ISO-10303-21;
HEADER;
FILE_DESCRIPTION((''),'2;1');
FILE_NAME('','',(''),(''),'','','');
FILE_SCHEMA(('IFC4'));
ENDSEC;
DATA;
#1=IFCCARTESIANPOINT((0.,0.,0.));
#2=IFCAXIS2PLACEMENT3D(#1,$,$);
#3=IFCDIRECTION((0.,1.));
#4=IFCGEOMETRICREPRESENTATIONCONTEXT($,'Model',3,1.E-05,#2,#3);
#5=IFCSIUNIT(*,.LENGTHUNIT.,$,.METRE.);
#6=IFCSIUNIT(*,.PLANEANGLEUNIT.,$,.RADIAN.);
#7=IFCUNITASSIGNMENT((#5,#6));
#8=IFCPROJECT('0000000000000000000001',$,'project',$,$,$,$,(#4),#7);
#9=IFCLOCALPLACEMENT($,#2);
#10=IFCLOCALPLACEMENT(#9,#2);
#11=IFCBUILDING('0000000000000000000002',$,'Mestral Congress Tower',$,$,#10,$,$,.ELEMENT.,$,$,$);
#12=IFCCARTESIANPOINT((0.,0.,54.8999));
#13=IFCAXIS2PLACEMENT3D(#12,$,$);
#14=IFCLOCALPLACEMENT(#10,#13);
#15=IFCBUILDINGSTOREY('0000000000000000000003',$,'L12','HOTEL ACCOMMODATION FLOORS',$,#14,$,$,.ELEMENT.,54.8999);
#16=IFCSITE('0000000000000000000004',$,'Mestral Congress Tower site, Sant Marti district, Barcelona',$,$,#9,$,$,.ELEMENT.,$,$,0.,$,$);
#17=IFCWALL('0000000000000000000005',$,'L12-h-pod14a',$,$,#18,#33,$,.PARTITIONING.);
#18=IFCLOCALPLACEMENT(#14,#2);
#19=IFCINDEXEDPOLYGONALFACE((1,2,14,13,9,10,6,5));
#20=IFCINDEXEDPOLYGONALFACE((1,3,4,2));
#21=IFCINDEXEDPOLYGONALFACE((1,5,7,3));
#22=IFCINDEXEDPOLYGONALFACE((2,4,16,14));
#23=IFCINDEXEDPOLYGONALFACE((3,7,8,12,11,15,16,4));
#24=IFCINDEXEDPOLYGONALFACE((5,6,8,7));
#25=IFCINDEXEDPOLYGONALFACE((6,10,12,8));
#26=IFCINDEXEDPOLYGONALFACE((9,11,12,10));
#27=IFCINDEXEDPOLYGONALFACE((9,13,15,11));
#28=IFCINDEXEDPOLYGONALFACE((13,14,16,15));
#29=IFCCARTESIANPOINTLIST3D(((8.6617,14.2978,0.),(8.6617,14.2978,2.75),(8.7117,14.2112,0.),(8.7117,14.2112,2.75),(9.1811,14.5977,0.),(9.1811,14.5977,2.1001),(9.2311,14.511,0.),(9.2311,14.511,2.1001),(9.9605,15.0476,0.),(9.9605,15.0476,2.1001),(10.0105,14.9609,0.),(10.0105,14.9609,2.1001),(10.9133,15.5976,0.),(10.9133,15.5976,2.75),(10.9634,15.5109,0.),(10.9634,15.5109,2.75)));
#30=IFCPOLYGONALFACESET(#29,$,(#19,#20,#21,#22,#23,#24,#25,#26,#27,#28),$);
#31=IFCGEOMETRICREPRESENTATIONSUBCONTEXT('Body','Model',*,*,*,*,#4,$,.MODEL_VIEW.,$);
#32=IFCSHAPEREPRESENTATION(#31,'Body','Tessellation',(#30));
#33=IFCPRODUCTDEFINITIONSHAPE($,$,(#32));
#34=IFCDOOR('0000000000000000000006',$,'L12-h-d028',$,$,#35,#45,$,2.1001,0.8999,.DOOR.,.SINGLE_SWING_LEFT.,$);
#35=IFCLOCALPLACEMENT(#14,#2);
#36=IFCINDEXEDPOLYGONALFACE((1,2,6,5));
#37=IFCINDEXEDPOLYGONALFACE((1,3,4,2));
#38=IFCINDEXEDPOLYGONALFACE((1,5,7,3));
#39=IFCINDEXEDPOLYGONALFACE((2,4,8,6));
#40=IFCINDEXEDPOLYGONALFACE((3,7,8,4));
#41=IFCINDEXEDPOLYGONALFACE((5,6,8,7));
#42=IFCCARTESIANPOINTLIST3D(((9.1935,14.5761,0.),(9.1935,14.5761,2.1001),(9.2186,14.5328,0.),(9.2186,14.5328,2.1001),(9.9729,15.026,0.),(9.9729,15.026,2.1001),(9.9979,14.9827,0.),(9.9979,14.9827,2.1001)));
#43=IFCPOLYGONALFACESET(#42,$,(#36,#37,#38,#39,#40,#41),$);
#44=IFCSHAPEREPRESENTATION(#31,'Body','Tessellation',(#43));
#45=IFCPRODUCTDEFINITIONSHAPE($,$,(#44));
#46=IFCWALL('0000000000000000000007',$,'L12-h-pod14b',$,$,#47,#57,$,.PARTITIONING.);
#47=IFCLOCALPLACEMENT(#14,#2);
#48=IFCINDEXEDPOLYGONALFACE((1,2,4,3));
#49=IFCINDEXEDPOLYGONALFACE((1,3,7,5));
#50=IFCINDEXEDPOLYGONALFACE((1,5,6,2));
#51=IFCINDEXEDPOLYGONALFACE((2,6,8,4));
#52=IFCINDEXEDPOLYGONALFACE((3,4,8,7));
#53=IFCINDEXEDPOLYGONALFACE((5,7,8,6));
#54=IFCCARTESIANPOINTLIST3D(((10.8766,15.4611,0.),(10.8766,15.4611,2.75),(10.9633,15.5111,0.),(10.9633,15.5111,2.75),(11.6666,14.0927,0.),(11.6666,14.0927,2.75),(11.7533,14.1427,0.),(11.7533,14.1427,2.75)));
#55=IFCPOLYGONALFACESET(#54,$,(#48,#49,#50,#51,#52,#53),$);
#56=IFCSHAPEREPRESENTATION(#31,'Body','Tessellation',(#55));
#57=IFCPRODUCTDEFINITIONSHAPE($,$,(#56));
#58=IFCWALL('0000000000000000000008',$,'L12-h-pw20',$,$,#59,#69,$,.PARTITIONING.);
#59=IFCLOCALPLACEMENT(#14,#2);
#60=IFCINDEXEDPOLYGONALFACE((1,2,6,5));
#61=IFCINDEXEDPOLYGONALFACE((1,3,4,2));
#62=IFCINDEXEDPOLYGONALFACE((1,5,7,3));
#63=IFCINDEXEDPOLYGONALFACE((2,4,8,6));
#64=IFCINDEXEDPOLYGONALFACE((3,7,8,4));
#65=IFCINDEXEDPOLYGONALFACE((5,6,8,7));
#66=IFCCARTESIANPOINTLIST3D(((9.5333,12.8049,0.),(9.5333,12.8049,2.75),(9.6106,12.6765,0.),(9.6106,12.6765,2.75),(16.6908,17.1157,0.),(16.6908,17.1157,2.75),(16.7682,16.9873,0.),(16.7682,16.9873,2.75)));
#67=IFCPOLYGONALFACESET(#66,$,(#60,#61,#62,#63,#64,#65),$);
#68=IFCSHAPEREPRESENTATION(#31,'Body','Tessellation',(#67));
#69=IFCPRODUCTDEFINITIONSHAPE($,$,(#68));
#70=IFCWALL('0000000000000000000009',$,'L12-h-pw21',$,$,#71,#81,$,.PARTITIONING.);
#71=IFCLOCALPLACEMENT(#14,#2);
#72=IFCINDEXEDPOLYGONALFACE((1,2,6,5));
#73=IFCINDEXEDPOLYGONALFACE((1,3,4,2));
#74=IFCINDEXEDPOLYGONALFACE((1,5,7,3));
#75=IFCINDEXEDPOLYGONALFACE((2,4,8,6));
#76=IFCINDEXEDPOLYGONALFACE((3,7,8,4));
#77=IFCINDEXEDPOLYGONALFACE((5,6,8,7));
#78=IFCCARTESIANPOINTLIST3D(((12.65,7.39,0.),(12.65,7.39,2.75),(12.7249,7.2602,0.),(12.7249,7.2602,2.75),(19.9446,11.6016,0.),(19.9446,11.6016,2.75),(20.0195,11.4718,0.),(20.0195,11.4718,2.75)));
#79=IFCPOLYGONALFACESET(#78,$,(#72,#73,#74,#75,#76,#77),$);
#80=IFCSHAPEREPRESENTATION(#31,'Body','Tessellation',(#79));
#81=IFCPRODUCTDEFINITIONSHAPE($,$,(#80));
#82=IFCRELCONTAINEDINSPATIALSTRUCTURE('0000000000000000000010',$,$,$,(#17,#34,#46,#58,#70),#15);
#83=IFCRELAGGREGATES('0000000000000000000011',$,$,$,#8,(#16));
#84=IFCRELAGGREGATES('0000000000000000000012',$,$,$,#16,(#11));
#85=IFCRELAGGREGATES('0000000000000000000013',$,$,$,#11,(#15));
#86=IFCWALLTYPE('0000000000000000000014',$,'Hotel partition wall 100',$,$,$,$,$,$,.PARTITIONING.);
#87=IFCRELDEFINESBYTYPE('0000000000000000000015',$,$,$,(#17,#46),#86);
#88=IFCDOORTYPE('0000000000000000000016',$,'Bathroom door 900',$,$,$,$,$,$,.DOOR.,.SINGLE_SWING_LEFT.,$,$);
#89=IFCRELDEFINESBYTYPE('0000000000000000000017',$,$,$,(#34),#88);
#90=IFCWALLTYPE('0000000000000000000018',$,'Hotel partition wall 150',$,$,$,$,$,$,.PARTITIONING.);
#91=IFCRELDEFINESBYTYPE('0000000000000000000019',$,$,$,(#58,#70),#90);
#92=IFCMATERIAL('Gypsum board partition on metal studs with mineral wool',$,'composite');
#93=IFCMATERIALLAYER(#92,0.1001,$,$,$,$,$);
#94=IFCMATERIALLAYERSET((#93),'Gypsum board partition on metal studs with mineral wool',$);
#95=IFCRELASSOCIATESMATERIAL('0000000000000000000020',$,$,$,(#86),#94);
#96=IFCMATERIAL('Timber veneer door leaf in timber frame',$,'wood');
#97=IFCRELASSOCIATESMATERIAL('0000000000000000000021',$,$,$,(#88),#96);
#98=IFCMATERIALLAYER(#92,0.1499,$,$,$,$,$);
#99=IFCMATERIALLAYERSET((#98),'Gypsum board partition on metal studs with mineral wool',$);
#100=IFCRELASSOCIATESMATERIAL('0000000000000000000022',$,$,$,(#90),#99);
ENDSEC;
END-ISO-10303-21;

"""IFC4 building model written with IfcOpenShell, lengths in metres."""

from ifc_helpers import new_model, si_unit, direction, frame, frame_2d, origin, place, context, subcontext, project, spatial, rectangle, extrude, material, layer, layer_set, type_object, element, fill, save


model = new_model("IFC4")

# Units and contexts
model_context = context("Model", 3, precision=1e-05, world=origin(), true_north=direction((0.0, 1.0)))
body_context = subcontext(model_context, "Body", "Model", "MODEL_VIEW")
ifc_project = project(units=[si_unit("LENGTHUNIT", "METRE"), si_unit("PLANEANGLEUNIT", "RADIAN")], contexts=[model_context])

# Site, building, storey
site_placement = place(None, origin())
site = spatial("IfcSite", under=ifc_project, at=site_placement, Name="Mestral Congress Tower site, Sant Marti district, Barcelona", CompositionType="ELEMENT", RefElevation=0.0)
building_placement = place(site_placement, origin())
building = spatial("IfcBuilding", under=site, at=building_placement, Name="Mestral Congress Tower", CompositionType="ELEMENT")
storey_placement = place(building_placement, frame((0.0, 0.0, 54.8999)))
storey = spatial("IfcBuildingStorey", under=building, at=storey_placement, Name="L12", Description="HOTEL ACCOMMODATION FLOORS", CompositionType="ELEMENT", Elevation=54.8999)

# Shared definitions
ifc_material_1 = material(Name="Gypsum board partition on metal studs with mineral wool", Category="composite")
ifc_layer_1 = layer(ifc_material_1, 0.1001)
ifc_layer_set_1 = layer_set([ifc_layer_1], Name="Gypsum board partition on metal studs with mineral wool")
wall_type_1 = type_object("IfcWallType", Name="Hotel partition wall 100", PredefinedType="PARTITIONING", material=ifc_layer_set_1)

# Wall, opening, door
wall_1_placement = place(storey_placement, frame((10.9382, 15.5542, 0.0), z_axis=(0.0, 0.0, 1.0), x_axis=(-0.866062, -0.499937, 0.0)))
wall_1 = element("IfcWall", 1, at=wall_1_placement, inside=storey, type_object=wall_type_1, Name="L12-h-pod14a", PredefinedType="PARTITIONING", context=body_context, shape_type="SweptSolid", body=[
    extrude(rectangle(XDim=2.5999, YDim=0.1001, at=frame_2d((1.2998, 0.0))), origin(), (0.0, 0.0, 1.0), 2.75),
])
opening_1_placement = place(wall_1_placement, frame((1.1001, 0.0, 0.0)))
opening_1 = element("IfcOpeningElement", 2, at=opening_1_placement, cuts=wall_1, PredefinedType="OPENING", context=body_context, shape_type="SweptSolid", body=[
    extrude(rectangle(XDim=0.8999, YDim=2.1001, at=frame_2d((0.45, 1.05))), frame((0.0, 0.0601, 0.0), z_axis=(0.0, -1.0, 0.0), x_axis=(1.0, 0.0, 0.0)), (0.0, 0.0, 1.0), 0.1201),
])
ifc_material_2 = material(Name="Timber veneer door leaf in timber frame", Category="wood")
door_type = type_object("IfcDoorType", Name="Bathroom door 900", OperationType="SINGLE_SWING_LEFT", PredefinedType="DOOR", material=ifc_material_2)
door_placement = place(opening_1_placement, origin())
door = element("IfcDoor", 3, at=door_placement, inside=storey, type_object=door_type, Name="L12-h-d028", OperationType="SINGLE_SWING_LEFT", OverallHeight=2.1001, OverallWidth=0.8999, PredefinedType="DOOR", context=body_context, shape_type="SweptSolid", body=[
    extrude(rectangle(XDim=0.8999, YDim=2.1001, at=frame_2d((0.45, 1.05))), frame((0.0, 0.0249, 0.0), z_axis=(0.0, -1.0, 0.0), x_axis=(1.0, 0.0, 0.0)), (0.0, 0.0, 1.0), 0.05),
])
fill(opening_1, door)

# Walls
wall_2_placement = place(storey_placement, frame((10.9199, 15.4861, 0.0), z_axis=(0.0, 0.0, 1.0), x_axis=(0.499994, -0.866029, 0.0)))
element("IfcWall", 4, at=wall_2_placement, inside=storey, type_object=wall_type_1, Name="L12-h-pod14b", PredefinedType="PARTITIONING", context=body_context, shape_type="SweptSolid", body=[
    extrude(rectangle(XDim=1.5801, YDim=0.1001, at=frame_2d((0.79, 0.0))), origin(), (0.0, 0.0, 1.0), 2.75),
])
ifc_layer_2 = layer(ifc_material_1, 0.1499)
ifc_layer_set_2 = layer_set([ifc_layer_2], Name="Gypsum board partition on metal studs with mineral wool")
wall_type_2 = type_object("IfcWallType", Name="Hotel partition wall 150", PredefinedType="PARTITIONING", material=ifc_layer_set_2)
wall_3_placement = place(storey_placement, frame((16.7295, 17.0515, 0.0), z_axis=(0.0, 0.0, 1.0), x_axis=(-0.856631, -0.51593, 0.0)))
element("IfcWall", 5, at=wall_3_placement, inside=storey, type_object=wall_type_2, Name="L12-h-pw20", PredefinedType="PARTITIONING", context=body_context, shape_type="SweptSolid", body=[
    extrude(rectangle(XDim=8.3555, YDim=0.1499, at=frame_2d((4.1777, 0.0))), origin(), (0.0, 0.0, 1.0), 2.75),
])
wall_4_placement = place(storey_placement, frame((19.9819, 11.5366, 0.0), z_axis=(0.0, 0.0, 1.0), x_axis=(-0.866021, -0.500008, 0.0)))
element("IfcWall", 6, at=wall_4_placement, inside=storey, type_object=wall_type_2, Name="L12-h-pw21", PredefinedType="PARTITIONING", context=body_context, shape_type="SweptSolid", body=[
    extrude(rectangle(XDim=8.4231, YDim=0.1499, at=frame_2d((4.2114, 0.0))), origin(), (0.0, 0.0, 1.0), 2.75),
])

save(model, "model.ifc")
